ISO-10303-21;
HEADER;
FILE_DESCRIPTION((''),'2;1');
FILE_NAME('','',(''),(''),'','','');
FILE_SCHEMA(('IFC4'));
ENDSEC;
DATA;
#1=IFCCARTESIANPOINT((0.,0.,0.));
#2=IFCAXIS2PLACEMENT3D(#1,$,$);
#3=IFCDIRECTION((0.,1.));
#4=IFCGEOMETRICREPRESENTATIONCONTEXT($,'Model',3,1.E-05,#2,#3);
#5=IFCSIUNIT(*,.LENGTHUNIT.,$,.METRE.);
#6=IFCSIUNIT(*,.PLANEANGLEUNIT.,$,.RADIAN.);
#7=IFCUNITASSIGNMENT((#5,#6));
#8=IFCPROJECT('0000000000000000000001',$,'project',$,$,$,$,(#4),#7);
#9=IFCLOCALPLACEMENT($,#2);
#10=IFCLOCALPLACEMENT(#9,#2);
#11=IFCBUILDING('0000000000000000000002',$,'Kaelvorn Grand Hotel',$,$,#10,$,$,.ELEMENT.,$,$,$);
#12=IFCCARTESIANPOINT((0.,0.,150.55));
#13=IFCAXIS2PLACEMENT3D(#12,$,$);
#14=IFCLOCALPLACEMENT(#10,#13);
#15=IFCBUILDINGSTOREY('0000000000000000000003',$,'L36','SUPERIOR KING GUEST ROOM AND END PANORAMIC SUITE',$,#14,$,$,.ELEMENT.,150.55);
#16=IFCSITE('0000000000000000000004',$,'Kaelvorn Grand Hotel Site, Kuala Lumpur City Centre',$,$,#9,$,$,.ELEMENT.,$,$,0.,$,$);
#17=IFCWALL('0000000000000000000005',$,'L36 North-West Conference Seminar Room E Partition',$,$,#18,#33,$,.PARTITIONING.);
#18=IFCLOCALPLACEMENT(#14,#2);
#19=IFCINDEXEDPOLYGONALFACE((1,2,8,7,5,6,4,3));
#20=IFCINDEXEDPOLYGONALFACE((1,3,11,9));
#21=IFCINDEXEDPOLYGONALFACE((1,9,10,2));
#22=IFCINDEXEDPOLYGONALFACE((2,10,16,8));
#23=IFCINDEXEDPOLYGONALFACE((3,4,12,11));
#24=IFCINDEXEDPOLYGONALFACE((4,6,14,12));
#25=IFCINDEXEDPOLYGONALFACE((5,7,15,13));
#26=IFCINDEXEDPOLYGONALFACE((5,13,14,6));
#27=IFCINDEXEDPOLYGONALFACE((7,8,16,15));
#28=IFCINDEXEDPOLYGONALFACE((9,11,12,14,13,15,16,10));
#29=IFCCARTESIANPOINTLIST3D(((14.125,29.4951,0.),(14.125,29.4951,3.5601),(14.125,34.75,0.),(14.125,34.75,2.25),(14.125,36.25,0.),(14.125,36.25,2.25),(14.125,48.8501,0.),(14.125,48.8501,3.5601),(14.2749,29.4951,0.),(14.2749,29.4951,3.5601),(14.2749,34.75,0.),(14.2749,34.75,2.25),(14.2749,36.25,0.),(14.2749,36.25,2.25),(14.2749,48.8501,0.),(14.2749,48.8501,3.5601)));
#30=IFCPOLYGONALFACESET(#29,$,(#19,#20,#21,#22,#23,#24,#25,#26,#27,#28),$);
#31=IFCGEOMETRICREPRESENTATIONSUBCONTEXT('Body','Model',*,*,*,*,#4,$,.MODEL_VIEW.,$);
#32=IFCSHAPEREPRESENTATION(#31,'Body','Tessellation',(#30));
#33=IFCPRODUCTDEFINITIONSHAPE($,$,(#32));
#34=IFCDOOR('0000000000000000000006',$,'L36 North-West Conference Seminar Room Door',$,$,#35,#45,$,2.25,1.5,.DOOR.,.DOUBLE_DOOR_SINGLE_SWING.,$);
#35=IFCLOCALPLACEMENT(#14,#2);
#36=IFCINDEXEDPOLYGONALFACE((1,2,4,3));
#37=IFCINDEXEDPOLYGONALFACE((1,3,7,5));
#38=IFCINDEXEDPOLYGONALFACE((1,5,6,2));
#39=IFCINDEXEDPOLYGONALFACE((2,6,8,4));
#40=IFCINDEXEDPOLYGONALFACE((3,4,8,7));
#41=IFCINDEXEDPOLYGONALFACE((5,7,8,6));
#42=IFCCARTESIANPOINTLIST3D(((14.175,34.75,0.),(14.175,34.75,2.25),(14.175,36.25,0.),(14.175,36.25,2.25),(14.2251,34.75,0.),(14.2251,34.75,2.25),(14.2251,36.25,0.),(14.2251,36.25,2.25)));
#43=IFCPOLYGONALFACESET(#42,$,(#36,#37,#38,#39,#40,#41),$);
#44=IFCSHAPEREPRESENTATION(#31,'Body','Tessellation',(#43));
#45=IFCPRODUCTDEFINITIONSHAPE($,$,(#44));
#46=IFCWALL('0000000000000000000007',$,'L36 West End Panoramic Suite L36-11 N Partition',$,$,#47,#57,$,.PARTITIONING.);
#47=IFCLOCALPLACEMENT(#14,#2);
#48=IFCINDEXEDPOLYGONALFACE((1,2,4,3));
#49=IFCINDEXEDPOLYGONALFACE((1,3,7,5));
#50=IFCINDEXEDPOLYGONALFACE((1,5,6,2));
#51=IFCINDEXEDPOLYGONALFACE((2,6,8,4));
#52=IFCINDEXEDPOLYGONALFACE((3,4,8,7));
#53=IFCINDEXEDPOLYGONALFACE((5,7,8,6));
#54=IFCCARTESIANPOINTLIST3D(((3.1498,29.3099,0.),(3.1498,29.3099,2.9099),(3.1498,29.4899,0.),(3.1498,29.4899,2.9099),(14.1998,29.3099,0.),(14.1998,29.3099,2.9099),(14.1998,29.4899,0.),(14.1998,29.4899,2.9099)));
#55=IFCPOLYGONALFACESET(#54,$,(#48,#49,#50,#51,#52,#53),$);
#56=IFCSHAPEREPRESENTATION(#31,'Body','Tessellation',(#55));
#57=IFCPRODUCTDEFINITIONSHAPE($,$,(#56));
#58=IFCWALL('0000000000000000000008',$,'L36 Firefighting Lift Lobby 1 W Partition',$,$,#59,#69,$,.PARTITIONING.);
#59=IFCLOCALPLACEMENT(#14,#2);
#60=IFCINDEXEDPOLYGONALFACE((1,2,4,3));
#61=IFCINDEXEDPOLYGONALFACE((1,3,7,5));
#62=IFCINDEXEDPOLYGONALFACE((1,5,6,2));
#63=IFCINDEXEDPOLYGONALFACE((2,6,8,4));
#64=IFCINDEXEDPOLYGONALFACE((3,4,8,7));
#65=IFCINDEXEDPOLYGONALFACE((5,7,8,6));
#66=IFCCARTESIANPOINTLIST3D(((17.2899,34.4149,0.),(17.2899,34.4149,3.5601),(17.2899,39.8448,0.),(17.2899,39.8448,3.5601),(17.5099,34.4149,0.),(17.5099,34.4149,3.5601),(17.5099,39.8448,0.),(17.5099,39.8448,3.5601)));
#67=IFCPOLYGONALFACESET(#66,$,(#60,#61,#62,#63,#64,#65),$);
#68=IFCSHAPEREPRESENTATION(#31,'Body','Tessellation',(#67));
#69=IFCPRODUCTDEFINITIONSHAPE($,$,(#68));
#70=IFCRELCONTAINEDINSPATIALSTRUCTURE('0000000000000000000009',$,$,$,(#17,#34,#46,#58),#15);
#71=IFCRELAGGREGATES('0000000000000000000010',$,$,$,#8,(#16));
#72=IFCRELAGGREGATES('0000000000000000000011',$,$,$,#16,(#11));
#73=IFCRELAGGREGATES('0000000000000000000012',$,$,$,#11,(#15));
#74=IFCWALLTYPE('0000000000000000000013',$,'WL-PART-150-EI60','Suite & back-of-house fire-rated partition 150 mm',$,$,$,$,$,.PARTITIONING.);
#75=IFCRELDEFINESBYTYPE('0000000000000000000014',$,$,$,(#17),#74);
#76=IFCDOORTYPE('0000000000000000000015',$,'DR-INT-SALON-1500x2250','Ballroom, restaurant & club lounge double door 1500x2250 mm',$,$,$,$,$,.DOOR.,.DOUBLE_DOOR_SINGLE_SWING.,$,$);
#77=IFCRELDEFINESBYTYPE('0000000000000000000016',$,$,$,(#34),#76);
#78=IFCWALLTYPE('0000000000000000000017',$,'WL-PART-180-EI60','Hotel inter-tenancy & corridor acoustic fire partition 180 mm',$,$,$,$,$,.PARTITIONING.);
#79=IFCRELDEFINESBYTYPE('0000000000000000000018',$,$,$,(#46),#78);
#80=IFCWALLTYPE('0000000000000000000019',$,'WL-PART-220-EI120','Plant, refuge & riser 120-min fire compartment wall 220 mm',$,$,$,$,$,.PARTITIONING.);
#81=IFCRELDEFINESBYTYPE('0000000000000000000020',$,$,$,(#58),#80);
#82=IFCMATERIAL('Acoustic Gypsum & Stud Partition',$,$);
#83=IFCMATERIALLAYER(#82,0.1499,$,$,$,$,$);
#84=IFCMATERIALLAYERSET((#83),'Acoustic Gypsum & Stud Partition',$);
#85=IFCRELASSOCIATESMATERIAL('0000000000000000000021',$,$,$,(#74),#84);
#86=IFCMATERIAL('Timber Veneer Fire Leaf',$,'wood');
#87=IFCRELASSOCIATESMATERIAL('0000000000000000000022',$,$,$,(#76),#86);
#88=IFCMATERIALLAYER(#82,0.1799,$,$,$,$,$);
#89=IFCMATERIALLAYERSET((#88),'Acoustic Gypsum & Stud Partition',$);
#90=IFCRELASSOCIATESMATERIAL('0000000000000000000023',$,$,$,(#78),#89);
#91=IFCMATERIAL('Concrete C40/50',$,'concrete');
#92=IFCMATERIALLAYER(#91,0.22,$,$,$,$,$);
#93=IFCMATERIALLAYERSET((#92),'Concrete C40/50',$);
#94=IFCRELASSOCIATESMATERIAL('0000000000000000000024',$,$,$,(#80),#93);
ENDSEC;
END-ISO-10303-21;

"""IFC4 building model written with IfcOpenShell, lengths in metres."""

from ifc_helpers import new_model, si_unit, direction, frame, frame_2d, origin, place, context, subcontext, project, spatial, rectangle, extrude, material, layer, layer_set, type_object, element, fill, save


model = new_model("IFC4")

# Units and contexts
model_context = context("Model", 3, precision=1e-05, world=origin(), true_north=direction((0.0, 1.0)))
body_context = subcontext(model_context, "Body", "Model", "MODEL_VIEW")
ifc_project = project(units=[si_unit("LENGTHUNIT", "METRE"), si_unit("PLANEANGLEUNIT", "RADIAN")], contexts=[model_context])

# Site, building, storey
site_placement = place(None, origin())
site = spatial("IfcSite", under=ifc_project, at=site_placement, Name="Kaelvorn Grand Hotel Site, Kuala Lumpur City Centre", CompositionType="ELEMENT", RefElevation=0.0)
building_placement = place(site_placement, origin())
building = spatial("IfcBuilding", under=site, at=building_placement, Name="Kaelvorn Grand Hotel", CompositionType="ELEMENT")
storey_placement = place(building_placement, frame((0.0, 0.0, 150.55)))
storey = spatial("IfcBuildingStorey", under=building, at=storey_placement, Name="L36", Description="SUPERIOR KING GUEST ROOM AND END PANORAMIC SUITE", CompositionType="ELEMENT", Elevation=150.55)

# Wall, opening, door
ifc_material_1 = material(Name="Acoustic Gypsum & Stud Partition")
ifc_layer_1 = layer(ifc_material_1, 0.1499)
ifc_layer_set_1 = layer_set([ifc_layer_1], Name="Acoustic Gypsum & Stud Partition")
wall_type_1 = type_object("IfcWallType", Name="WL-PART-150-EI60", Description="Suite & back-of-house fire-rated partition 150 mm", PredefinedType="PARTITIONING", material=ifc_layer_set_1)
ifc_material_2 = material(Name="Timber Veneer Fire Leaf", Category="wood")
wall_1_placement = place(storey_placement, frame((14.2, 29.4951, 0.0), z_axis=(0.0, 0.0, 1.0), x_axis=(0.0, 1.0, 0.0)))
wall_1 = element("IfcWall", 1, at=wall_1_placement, inside=storey, type_object=wall_type_1, Name="L36 North-West Conference Seminar Room E Partition", PredefinedType="PARTITIONING", context=body_context, shape_type="SweptSolid", body=[
    extrude(rectangle(XDim=19.355, YDim=0.1499, at=frame_2d((9.6775, 0.0))), origin(), (0.0, 0.0, 1.0), 3.5601),
])
opening_1_placement = place(wall_1_placement, frame((5.2549, 0.0, 0.0)))
opening_1 = element("IfcOpeningElement", 2, at=opening_1_placement, cuts=wall_1, PredefinedType="OPENING", context=body_context, shape_type="SweptSolid", body=[
    extrude(rectangle(XDim=1.5, YDim=2.25, at=frame_2d((0.75, 1.125))), frame((0.0, 0.085, 0.0), z_axis=(0.0, -1.0, 0.0), x_axis=(1.0, 0.0, 0.0)), (0.0, 0.0, 1.0), 0.1699),
])
door_type_1 = type_object("IfcDoorType", Name="DR-INT-SALON-1500x2250", Description="Ballroom, restaurant & club lounge double door 1500x2250 mm", OperationType="DOUBLE_DOOR_SINGLE_SWING", PredefinedType="DOOR", material=ifc_material_2)
door_1_placement = place(opening_1_placement, origin())
door_1 = element("IfcDoor", 3, at=door_1_placement, inside=storey, type_object=door_type_1, Name="L36 North-West Conference Seminar Room Door", OperationType="DOUBLE_DOOR_SINGLE_SWING", OverallHeight=2.25, OverallWidth=1.5, PredefinedType="DOOR", context=body_context, shape_type="SweptSolid", body=[
    extrude(rectangle(XDim=1.5, YDim=2.25, at=frame_2d((0.75, 1.125))), frame((0.0, 0.0249, 0.0), z_axis=(0.0, -1.0, 0.0), x_axis=(1.0, 0.0, 0.0)), (0.0, 0.0, 1.0), 0.05),
])
fill(opening_1, door_1)

# Wall
ifc_layer_2 = layer(ifc_material_1, 0.1799)
ifc_layer_set_2 = layer_set([ifc_layer_2], Name="Acoustic Gypsum & Stud Partition")
wall_type_2 = type_object("IfcWallType", Name="WL-PART-180-EI60", Description="Hotel inter-tenancy & corridor acoustic fire partition 180 mm", PredefinedType="PARTITIONING", material=ifc_layer_set_2)
wall_2_placement = place(storey_placement, frame((3.1499, 29.3999, 0.0), z_axis=(0.0, 0.0, 1.0), x_axis=(1.0, 0.0, 0.0)))
element("IfcWall", 4, at=wall_2_placement, inside=storey, type_object=wall_type_2, Name="L36 West End Panoramic Suite L36-11 N Partition", PredefinedType="PARTITIONING", context=body_context, shape_type="SweptSolid", body=[
    extrude(rectangle(XDim=11.05, YDim=0.1799, at=frame_2d((5.5249, 0.0))), origin(), (0.0, 0.0, 1.0), 2.9099),
])

# Shared definitions
ifc_material_3 = material(Name="Concrete C40/50", Category="concrete")
ifc_layer_3 = layer(ifc_material_3, 0.22)
ifc_layer_set_3 = layer_set([ifc_layer_3], Name="Concrete C40/50")
wall_type_3 = type_object("IfcWallType", Name="WL-PART-220-EI120", Description="Plant, refuge & riser 120-min fire compartment wall 220 mm", PredefinedType="PARTITIONING", material=ifc_layer_set_3)

# Wall
wall_3_placement = place(storey_placement, frame((17.3999, 34.415, 0.0), z_axis=(0.0, 0.0, 1.0), x_axis=(0.0, 1.0, 0.0)))
element("IfcWall", 5, at=wall_3_placement, inside=storey, type_object=wall_type_3, Name="L36 Firefighting Lift Lobby 1 W Partition", PredefinedType="PARTITIONING", context=body_context, shape_type="SweptSolid", body=[
    extrude(rectangle(XDim=5.4299, YDim=0.22, at=frame_2d((2.7148, 0.0))), origin(), (0.0, 0.0, 1.0), 3.5601),
])

save(model, "model.ifc")
